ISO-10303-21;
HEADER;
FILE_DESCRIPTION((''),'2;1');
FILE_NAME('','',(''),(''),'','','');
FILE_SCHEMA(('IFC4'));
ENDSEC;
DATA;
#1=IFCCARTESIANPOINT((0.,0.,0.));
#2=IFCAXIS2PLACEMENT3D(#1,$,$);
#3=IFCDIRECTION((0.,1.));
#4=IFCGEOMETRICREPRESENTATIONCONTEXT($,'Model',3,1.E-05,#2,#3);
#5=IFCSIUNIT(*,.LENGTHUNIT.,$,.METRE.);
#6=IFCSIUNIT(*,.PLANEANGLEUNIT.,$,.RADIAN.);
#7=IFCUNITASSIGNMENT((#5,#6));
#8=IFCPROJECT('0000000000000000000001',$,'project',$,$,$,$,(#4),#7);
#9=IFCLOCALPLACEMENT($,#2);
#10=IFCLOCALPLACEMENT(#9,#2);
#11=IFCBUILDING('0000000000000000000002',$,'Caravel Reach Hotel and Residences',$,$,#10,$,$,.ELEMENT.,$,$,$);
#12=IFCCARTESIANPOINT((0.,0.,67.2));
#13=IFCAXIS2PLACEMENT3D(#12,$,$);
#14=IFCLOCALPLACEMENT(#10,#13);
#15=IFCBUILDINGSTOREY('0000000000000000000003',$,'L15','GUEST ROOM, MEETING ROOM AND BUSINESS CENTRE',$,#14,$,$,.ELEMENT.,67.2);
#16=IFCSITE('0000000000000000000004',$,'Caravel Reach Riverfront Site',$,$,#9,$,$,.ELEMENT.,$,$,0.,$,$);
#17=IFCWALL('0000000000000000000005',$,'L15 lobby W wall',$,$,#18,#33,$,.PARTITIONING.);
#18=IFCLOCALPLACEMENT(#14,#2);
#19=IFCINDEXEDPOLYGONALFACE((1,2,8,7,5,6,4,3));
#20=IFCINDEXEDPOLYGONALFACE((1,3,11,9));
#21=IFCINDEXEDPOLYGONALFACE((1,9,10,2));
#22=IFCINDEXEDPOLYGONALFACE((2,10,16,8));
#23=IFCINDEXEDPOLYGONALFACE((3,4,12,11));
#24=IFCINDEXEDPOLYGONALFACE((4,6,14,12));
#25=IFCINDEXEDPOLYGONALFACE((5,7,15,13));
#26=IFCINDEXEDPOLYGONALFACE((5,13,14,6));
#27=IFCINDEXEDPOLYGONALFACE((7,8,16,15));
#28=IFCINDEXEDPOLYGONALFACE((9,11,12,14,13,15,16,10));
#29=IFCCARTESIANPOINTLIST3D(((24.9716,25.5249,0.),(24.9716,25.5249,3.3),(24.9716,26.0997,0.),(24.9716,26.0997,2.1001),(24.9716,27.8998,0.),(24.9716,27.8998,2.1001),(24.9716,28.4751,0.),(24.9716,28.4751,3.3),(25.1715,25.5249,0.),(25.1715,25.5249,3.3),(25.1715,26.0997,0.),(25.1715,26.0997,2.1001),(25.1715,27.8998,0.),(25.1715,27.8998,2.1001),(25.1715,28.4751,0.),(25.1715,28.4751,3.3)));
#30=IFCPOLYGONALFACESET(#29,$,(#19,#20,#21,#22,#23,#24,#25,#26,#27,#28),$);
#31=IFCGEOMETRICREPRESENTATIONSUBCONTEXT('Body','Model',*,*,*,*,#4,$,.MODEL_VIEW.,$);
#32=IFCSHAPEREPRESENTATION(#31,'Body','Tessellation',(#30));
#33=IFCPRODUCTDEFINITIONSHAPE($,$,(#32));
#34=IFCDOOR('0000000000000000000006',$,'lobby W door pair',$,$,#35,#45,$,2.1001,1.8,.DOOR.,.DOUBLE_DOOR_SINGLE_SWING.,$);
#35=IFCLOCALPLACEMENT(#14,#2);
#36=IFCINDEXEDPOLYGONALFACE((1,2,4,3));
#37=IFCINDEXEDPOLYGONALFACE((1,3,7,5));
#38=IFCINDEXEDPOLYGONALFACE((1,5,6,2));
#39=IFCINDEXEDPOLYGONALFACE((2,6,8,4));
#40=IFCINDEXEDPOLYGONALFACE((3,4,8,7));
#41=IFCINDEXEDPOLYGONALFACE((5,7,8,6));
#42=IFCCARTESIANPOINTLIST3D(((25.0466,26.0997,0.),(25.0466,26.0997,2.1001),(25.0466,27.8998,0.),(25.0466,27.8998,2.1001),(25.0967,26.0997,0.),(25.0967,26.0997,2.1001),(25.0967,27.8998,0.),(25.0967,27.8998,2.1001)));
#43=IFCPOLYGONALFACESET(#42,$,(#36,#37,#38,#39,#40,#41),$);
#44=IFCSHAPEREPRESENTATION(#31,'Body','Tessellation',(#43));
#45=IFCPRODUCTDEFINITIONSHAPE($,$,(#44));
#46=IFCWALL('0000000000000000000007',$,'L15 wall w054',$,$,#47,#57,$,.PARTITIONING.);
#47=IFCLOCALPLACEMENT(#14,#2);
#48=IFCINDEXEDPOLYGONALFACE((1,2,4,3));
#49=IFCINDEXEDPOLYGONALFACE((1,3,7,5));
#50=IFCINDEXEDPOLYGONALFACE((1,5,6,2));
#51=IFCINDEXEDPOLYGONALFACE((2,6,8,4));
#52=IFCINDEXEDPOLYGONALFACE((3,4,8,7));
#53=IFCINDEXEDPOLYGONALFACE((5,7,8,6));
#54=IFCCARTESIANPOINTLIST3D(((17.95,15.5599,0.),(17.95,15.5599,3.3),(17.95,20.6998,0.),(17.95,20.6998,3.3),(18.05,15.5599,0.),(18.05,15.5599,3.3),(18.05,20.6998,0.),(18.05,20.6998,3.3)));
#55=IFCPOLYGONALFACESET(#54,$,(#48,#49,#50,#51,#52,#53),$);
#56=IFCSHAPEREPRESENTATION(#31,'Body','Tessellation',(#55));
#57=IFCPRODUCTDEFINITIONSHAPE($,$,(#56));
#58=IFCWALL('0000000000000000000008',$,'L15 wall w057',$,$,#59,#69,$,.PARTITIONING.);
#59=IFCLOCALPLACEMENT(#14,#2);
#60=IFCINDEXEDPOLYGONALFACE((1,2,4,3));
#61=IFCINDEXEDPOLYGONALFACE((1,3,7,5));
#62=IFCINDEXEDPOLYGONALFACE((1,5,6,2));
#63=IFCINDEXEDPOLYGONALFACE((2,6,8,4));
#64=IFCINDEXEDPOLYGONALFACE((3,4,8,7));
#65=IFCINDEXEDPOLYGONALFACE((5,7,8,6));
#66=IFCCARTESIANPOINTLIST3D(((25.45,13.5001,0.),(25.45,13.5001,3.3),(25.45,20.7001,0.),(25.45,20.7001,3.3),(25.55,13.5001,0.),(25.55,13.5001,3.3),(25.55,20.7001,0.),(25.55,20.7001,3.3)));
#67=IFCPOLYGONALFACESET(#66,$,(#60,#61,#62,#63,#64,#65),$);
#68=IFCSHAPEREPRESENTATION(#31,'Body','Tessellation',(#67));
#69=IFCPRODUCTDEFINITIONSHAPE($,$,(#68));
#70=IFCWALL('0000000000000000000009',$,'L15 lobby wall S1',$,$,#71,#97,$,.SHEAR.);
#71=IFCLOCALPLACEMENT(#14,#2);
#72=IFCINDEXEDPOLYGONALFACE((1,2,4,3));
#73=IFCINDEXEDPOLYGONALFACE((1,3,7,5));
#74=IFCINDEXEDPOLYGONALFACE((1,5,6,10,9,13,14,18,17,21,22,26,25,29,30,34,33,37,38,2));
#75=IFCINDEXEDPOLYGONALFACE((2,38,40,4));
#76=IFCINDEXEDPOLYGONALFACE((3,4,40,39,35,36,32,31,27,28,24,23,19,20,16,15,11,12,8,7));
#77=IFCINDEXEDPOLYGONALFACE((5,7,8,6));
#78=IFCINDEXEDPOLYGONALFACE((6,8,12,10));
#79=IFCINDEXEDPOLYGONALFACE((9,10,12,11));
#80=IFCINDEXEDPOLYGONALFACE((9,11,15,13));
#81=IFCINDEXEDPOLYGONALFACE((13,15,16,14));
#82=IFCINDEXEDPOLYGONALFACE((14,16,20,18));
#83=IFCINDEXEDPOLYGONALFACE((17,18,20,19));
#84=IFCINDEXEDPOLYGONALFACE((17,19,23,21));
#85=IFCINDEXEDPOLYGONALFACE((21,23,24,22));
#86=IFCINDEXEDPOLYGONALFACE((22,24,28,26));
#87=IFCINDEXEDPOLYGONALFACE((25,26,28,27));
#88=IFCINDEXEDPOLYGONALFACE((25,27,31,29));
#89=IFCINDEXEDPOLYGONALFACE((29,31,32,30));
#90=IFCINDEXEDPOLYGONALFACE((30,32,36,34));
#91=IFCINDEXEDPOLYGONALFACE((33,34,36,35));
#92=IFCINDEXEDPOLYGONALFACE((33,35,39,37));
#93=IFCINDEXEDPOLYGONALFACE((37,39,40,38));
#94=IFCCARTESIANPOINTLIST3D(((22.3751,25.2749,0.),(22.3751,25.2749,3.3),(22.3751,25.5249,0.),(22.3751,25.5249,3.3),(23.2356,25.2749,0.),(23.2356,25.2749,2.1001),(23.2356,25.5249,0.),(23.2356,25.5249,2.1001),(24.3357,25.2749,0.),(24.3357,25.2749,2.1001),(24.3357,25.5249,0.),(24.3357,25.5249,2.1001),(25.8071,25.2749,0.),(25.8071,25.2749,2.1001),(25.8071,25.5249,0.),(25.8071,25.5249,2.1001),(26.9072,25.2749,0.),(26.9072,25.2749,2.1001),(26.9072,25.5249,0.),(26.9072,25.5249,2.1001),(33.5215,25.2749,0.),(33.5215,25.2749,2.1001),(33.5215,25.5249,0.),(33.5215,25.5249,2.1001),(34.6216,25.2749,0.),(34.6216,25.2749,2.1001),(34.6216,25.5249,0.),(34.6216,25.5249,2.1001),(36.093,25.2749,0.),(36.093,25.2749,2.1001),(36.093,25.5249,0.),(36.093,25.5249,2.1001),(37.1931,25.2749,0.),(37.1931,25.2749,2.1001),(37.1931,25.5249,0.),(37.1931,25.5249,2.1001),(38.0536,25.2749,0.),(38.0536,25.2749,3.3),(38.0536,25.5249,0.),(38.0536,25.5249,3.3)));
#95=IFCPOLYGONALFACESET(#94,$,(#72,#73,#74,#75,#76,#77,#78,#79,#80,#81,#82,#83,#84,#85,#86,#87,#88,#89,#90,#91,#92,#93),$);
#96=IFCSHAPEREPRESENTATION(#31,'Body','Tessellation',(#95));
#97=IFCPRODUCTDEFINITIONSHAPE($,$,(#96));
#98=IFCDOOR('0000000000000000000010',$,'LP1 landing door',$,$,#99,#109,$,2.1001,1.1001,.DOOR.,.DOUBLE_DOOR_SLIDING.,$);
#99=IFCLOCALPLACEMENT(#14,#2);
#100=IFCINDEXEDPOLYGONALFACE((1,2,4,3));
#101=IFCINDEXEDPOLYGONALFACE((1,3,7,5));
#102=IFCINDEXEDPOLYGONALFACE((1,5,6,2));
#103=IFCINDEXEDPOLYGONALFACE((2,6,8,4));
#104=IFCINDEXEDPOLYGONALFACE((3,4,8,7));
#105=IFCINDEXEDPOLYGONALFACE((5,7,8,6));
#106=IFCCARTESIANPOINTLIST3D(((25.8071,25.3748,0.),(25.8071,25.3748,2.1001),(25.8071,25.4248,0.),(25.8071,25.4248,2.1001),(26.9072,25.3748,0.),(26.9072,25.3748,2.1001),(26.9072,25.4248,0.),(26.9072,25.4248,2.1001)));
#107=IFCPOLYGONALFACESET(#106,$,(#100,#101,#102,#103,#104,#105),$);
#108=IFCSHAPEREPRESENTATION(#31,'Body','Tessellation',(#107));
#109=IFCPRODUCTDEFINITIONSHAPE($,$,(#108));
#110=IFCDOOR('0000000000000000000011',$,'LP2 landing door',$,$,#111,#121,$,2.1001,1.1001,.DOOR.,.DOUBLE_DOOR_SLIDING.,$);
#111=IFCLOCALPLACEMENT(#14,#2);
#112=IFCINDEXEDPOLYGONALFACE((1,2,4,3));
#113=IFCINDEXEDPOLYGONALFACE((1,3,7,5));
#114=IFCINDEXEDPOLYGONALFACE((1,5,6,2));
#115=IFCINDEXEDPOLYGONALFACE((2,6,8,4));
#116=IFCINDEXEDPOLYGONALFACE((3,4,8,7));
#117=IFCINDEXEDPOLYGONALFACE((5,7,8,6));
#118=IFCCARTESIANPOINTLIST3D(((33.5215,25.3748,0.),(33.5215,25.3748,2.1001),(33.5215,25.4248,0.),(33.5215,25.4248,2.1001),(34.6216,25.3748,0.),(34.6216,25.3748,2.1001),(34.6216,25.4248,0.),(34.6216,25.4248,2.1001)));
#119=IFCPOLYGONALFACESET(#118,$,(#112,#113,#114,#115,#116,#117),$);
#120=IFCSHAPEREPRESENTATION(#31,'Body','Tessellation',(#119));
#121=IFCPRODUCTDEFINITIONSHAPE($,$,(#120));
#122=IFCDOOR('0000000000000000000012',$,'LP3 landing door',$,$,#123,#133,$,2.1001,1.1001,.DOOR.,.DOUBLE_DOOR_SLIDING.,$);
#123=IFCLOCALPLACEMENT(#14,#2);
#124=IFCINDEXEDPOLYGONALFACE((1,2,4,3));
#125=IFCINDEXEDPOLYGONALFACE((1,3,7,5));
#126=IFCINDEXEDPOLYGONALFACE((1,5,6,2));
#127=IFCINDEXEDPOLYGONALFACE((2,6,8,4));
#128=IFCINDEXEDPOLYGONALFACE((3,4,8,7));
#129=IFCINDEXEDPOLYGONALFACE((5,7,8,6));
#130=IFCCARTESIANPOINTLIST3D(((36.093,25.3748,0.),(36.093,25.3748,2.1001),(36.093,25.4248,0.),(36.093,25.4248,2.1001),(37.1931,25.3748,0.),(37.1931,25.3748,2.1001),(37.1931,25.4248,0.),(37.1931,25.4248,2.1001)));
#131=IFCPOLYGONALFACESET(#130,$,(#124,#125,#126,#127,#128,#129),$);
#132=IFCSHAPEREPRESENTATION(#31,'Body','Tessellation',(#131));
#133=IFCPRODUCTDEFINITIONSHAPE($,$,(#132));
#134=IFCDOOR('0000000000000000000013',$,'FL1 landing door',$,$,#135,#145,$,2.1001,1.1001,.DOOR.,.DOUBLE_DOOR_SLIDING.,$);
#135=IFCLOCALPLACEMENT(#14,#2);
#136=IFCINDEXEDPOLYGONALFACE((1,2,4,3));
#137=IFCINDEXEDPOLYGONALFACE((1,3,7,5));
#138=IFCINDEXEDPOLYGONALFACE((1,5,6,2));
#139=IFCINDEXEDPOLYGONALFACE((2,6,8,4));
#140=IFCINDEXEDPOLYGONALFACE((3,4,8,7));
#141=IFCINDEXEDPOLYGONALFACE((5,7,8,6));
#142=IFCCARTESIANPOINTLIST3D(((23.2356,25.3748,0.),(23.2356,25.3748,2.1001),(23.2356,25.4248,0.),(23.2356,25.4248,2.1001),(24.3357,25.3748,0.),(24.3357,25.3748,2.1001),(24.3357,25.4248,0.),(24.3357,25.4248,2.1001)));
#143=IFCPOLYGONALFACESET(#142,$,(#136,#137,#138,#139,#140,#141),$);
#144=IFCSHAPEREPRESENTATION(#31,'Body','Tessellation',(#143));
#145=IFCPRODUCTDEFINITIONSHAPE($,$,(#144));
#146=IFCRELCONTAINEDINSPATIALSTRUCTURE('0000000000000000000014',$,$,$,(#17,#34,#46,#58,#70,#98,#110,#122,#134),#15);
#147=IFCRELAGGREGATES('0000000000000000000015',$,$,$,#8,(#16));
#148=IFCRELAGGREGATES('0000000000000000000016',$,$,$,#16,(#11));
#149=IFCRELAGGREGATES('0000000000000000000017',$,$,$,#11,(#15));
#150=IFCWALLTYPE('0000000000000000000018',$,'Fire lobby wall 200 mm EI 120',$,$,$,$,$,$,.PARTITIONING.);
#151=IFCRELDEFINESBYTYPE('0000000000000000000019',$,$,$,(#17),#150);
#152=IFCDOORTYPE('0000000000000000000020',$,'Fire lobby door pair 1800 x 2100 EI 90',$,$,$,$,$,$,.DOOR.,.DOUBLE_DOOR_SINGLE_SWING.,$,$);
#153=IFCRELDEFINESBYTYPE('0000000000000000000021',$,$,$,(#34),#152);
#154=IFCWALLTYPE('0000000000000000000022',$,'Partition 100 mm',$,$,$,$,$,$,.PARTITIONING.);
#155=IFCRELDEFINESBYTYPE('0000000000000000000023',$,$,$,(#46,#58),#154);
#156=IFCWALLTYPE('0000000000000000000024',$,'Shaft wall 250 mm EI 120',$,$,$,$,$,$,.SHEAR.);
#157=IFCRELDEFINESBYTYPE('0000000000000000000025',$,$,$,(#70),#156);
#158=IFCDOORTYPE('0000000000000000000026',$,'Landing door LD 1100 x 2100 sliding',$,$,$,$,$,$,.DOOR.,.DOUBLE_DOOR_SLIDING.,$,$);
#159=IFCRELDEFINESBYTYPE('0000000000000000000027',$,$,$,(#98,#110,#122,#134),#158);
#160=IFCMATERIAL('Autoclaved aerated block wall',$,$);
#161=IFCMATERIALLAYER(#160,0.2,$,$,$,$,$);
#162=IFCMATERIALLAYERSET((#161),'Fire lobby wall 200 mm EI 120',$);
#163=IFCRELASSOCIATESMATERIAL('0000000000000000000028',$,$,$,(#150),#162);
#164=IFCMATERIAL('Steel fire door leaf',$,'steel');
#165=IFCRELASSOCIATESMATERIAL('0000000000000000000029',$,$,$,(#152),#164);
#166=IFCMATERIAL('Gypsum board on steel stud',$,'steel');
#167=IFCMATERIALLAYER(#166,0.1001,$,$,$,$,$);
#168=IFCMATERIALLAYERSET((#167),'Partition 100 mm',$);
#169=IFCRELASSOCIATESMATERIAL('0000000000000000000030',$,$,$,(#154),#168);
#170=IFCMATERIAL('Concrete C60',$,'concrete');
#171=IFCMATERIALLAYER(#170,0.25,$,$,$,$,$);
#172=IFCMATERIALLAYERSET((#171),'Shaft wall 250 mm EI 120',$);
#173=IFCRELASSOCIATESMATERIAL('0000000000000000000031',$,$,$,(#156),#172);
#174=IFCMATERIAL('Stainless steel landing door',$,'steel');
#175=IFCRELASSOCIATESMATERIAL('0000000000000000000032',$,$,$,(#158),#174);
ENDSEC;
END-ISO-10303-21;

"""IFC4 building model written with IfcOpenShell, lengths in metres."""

from ifc_helpers import new_model, si_unit, direction, frame, frame_2d, origin, place, context, subcontext, project, spatial, rectangle, extrude, material, layer, layer_set, type_object, element, fill, save


model = new_model("IFC4")

# Units and contexts
model_context = context("Model", 3, precision=1e-05, world=origin(), true_north=direction((0.0, 1.0)))
body_context = subcontext(model_context, "Body", "Model", "MODEL_VIEW")
ifc_project = project(units=[si_unit("LENGTHUNIT", "METRE"), si_unit("PLANEANGLEUNIT", "RADIAN")], contexts=[model_context])

# Site, building, storey
site_placement = place(None, origin())
site = spatial("IfcSite", under=ifc_project, at=site_placement, Name="Caravel Reach Riverfront Site", CompositionType="ELEMENT", RefElevation=0.0)
building_placement = place(site_placement, origin())
building = spatial("IfcBuilding", under=site, at=building_placement, Name="Caravel Reach Hotel and Residences", CompositionType="ELEMENT")
storey_placement = place(building_placement, frame((0.0, 0.0, 67.2)))
storey = spatial("IfcBuildingStorey", under=building, at=storey_placement, Name="L15", Description="GUEST ROOM, MEETING ROOM AND BUSINESS CENTRE", CompositionType="ELEMENT", Elevation=67.2)

# Wall, opening, door
ifc_material_1 = material(Name="Autoclaved aerated block wall")
ifc_layer_1 = layer(ifc_material_1, 0.2)
ifc_layer_set_1 = layer_set([ifc_layer_1], Name="Fire lobby wall 200 mm EI 120")
wall_type_1 = type_object("IfcWallType", Name="Fire lobby wall 200 mm EI 120", PredefinedType="PARTITIONING", material=ifc_layer_set_1)
wall_1_placement = place(storey_placement, frame((25.0715, 25.5249, 0.0), z_axis=(0.0, 0.0, 1.0), x_axis=(0.0, 1.0, 0.0)))
wall_1 = element("IfcWall", 1, at=wall_1_placement, inside=storey, type_object=wall_type_1, Name="L15 lobby W wall", PredefinedType="PARTITIONING", context=body_context, shape_type="SweptSolid", body=[
    extrude(rectangle(XDim=2.9502, YDim=0.2, at=frame_2d((1.4751, 0.0))), origin(), (0.0, 0.0, 1.0), 3.3),
])
opening_1_placement = place(wall_1_placement, frame((0.575, 0.0, 0.0)))
opening_1 = element("IfcOpeningElement", 2, at=opening_1_placement, cuts=wall_1, PredefinedType="OPENING", context=body_context, shape_type="SweptSolid", body=[
    extrude(rectangle(XDim=1.8, YDim=2.1001, at=frame_2d((0.8999, 1.05))), frame((0.0, 0.1099, 0.0), z_axis=(0.0, -1.0, 0.0), x_axis=(1.0, 0.0, 0.0)), (0.0, 0.0, 1.0), 0.22),
])
ifc_material_2 = material(Name="Steel fire door leaf", Category="steel")
door_type_1 = type_object("IfcDoorType", Name="Fire lobby door pair 1800 x 2100 EI 90", OperationType="DOUBLE_DOOR_SINGLE_SWING", PredefinedType="DOOR", material=ifc_material_2)
door_1_placement = place(opening_1_placement, origin())
door_1 = element("IfcDoor", 3, at=door_1_placement, inside=storey, type_object=door_type_1, Name="lobby W door pair", OperationType="DOUBLE_DOOR_SINGLE_SWING", OverallHeight=2.1001, OverallWidth=1.8, PredefinedType="DOOR", context=body_context, shape_type="SweptSolid", body=[
    extrude(rectangle(XDim=1.8, YDim=2.1001, at=frame_2d((0.8999, 1.05))), frame((0.0, 0.0249, 0.0), z_axis=(0.0, -1.0, 0.0), x_axis=(1.0, 0.0, 0.0)), (0.0, 0.0, 1.0), 0.05),
])
fill(opening_1, door_1)

# Walls
ifc_material_3 = material(Name="Gypsum board on steel stud", Category="steel")
ifc_layer_2 = layer(ifc_material_3, 0.1001)
ifc_layer_set_2 = layer_set([ifc_layer_2], Name="Partition 100 mm")
wall_type_2 = type_object("IfcWallType", Name="Partition 100 mm", PredefinedType="PARTITIONING", material=ifc_layer_set_2)
wall_2_placement = place(storey_placement, frame((18.0, 15.5601, 0.0), z_axis=(0.0, 0.0, 1.0), x_axis=(0.0, 1.0, 0.0)))
element("IfcWall", 4, at=wall_2_placement, inside=storey, type_object=wall_type_2, Name="L15 wall w054", PredefinedType="PARTITIONING", context=body_context, shape_type="SweptSolid", body=[
    extrude(rectangle(XDim=5.1399, YDim=0.1001, at=frame_2d((2.5698, 0.0))), origin(), (0.0, 0.0, 1.0), 3.3),
])
wall_3_placement = place(storey_placement, frame((25.5, 13.5, 0.0), z_axis=(0.0, 0.0, 1.0), x_axis=(0.0, 1.0, 0.0)))
element("IfcWall", 5, at=wall_3_placement, inside=storey, type_object=wall_type_2, Name="L15 wall w057", PredefinedType="PARTITIONING", context=body_context, shape_type="SweptSolid", body=[
    extrude(rectangle(XDim=7.2, YDim=0.1001, at=frame_2d((3.6001, 0.0))), origin(), (0.0, 0.0, 1.0), 3.3),
])

# Wall, openings, doors
ifc_material_4 = material(Name="Concrete C60", Category="concrete")
ifc_layer_3 = layer(ifc_material_4, 0.25)
ifc_layer_set_3 = layer_set([ifc_layer_3], Name="Shaft wall 250 mm EI 120")
wall_type_3 = type_object("IfcWallType", Name="Shaft wall 250 mm EI 120", PredefinedType="SHEAR", material=ifc_layer_set_3)
wall_4_placement = place(storey_placement, frame((22.375, 25.3999, 0.0), z_axis=(0.0, 0.0, 1.0), x_axis=(1.0, 0.0, 0.0)))
wall_4 = element("IfcWall", 6, at=wall_4_placement, inside=storey, type_object=wall_type_3, Name="L15 lobby wall S1", PredefinedType="SHEAR", context=body_context, shape_type="SweptSolid", body=[
    extrude(rectangle(XDim=15.6785, YDim=0.25, at=frame_2d((7.8394, 0.0))), origin(), (0.0, 0.0, 1.0), 3.3),
])
opening_2_placement = place(wall_4_placement, frame((3.4321, 0.0, 0.0)))
opening_2 = element("IfcOpeningElement", 7, at=opening_2_placement, cuts=wall_4, PredefinedType="OPENING", context=body_context, shape_type="SweptSolid", body=[
    extrude(rectangle(XDim=1.1001, YDim=2.1001, at=frame_2d((0.55, 1.05))), frame((0.0, 0.135, 0.0), z_axis=(0.0, -1.0, 0.0), x_axis=(1.0, 0.0, 0.0)), (0.0, 0.0, 1.0), 0.27),
])
opening_3_placement = place(wall_4_placement, frame((11.1465, 0.0, 0.0)))
opening_3 = element("IfcOpeningElement", 8, at=opening_3_placement, cuts=wall_4, PredefinedType="OPENING", context=body_context, shape_type="SweptSolid", body=[
    extrude(rectangle(XDim=1.1001, YDim=2.1001, at=frame_2d((0.55, 1.05))), frame((0.0, 0.135, 0.0), z_axis=(0.0, -1.0, 0.0), x_axis=(1.0, 0.0, 0.0)), (0.0, 0.0, 1.0), 0.27),
])
opening_4_placement = place(wall_4_placement, frame((13.718, 0.0, 0.0)))
opening_4 = element("IfcOpeningElement", 9, at=opening_4_placement, cuts=wall_4, PredefinedType="OPENING", context=body_context, shape_type="SweptSolid", body=[
    extrude(rectangle(XDim=1.1001, YDim=2.1001, at=frame_2d((0.55, 1.05))), frame((0.0, 0.135, 0.0), z_axis=(0.0, -1.0, 0.0), x_axis=(1.0, 0.0, 0.0)), (0.0, 0.0, 1.0), 0.27),
])
opening_5_placement = place(wall_4_placement, frame((0.8606, 0.0, 0.0)))
opening_5 = element("IfcOpeningElement", 10, at=opening_5_placement, cuts=wall_4, PredefinedType="OPENING", context=body_context, shape_type="SweptSolid", body=[
    extrude(rectangle(XDim=1.1001, YDim=2.1001, at=frame_2d((0.55, 1.05))), frame((0.0, 0.135, 0.0), z_axis=(0.0, -1.0, 0.0), x_axis=(1.0, 0.0, 0.0)), (0.0, 0.0, 1.0), 0.27),
])
ifc_material_5 = material(Name="Stainless steel landing door", Category="steel")
door_type_2 = type_object("IfcDoorType", Name="Landing door LD 1100 x 2100 sliding", OperationType="DOUBLE_DOOR_SLIDING", PredefinedType="DOOR", material=ifc_material_5)
door_2_placement = place(opening_2_placement, origin())
door_2 = element("IfcDoor", 11, at=door_2_placement, inside=storey, type_object=door_type_2, Name="LP1 landing door", OperationType="DOUBLE_DOOR_SLIDING", OverallHeight=2.1001, OverallWidth=1.1001, PredefinedType="DOOR", context=body_context, shape_type="SweptSolid", body=[
    extrude(rectangle(XDim=1.1001, YDim=2.1001, at=frame_2d((0.55, 1.05))), frame((0.0, 0.0249, 0.0), z_axis=(0.0, -1.0, 0.0), x_axis=(1.0, 0.0, 0.0)), (0.0, 0.0, 1.0), 0.05),
])
fill(opening_2, door_2)
door_3_placement = place(opening_3_placement, origin())
door_3 = element("IfcDoor", 12, at=door_3_placement, inside=storey, type_object=door_type_2, Name="LP2 landing door", OperationType="DOUBLE_DOOR_SLIDING", OverallHeight=2.1001, OverallWidth=1.1001, PredefinedType="DOOR", context=body_context, shape_type="SweptSolid", body=[
    extrude(rectangle(XDim=1.1001, YDim=2.1001, at=frame_2d((0.55, 1.05))), frame((0.0, 0.0249, 0.0), z_axis=(0.0, -1.0, 0.0), x_axis=(1.0, 0.0, 0.0)), (0.0, 0.0, 1.0), 0.05),
])
fill(opening_3, door_3)
door_4_placement = place(opening_4_placement, origin())
door_4 = element("IfcDoor", 13, at=door_4_placement, inside=storey, type_object=door_type_2, Name="LP3 landing door", OperationType="DOUBLE_DOOR_SLIDING", OverallHeight=2.1001, OverallWidth=1.1001, PredefinedType="DOOR", context=body_context, shape_type="SweptSolid", body=[
    extrude(rectangle(XDim=1.1001, YDim=2.1001, at=frame_2d((0.55, 1.05))), frame((0.0, 0.0249, 0.0), z_axis=(0.0, -1.0, 0.0), x_axis=(1.0, 0.0, 0.0)), (0.0, 0.0, 1.0), 0.05),
])
fill(opening_4, door_4)
door_5_placement = place(opening_5_placement, origin())
door_5 = element("IfcDoor", 14, at=door_5_placement, inside=storey, type_object=door_type_2, Name="FL1 landing door", OperationType="DOUBLE_DOOR_SLIDING", OverallHeight=2.1001, OverallWidth=1.1001, PredefinedType="DOOR", context=body_context, shape_type="SweptSolid", body=[
    extrude(rectangle(XDim=1.1001, YDim=2.1001, at=frame_2d((0.55, 1.05))), frame((0.0, 0.0249, 0.0), z_axis=(0.0, -1.0, 0.0), x_axis=(1.0, 0.0, 0.0)), (0.0, 0.0, 1.0), 0.05),
])
fill(opening_5, door_5)

save(model, "model.ifc")
